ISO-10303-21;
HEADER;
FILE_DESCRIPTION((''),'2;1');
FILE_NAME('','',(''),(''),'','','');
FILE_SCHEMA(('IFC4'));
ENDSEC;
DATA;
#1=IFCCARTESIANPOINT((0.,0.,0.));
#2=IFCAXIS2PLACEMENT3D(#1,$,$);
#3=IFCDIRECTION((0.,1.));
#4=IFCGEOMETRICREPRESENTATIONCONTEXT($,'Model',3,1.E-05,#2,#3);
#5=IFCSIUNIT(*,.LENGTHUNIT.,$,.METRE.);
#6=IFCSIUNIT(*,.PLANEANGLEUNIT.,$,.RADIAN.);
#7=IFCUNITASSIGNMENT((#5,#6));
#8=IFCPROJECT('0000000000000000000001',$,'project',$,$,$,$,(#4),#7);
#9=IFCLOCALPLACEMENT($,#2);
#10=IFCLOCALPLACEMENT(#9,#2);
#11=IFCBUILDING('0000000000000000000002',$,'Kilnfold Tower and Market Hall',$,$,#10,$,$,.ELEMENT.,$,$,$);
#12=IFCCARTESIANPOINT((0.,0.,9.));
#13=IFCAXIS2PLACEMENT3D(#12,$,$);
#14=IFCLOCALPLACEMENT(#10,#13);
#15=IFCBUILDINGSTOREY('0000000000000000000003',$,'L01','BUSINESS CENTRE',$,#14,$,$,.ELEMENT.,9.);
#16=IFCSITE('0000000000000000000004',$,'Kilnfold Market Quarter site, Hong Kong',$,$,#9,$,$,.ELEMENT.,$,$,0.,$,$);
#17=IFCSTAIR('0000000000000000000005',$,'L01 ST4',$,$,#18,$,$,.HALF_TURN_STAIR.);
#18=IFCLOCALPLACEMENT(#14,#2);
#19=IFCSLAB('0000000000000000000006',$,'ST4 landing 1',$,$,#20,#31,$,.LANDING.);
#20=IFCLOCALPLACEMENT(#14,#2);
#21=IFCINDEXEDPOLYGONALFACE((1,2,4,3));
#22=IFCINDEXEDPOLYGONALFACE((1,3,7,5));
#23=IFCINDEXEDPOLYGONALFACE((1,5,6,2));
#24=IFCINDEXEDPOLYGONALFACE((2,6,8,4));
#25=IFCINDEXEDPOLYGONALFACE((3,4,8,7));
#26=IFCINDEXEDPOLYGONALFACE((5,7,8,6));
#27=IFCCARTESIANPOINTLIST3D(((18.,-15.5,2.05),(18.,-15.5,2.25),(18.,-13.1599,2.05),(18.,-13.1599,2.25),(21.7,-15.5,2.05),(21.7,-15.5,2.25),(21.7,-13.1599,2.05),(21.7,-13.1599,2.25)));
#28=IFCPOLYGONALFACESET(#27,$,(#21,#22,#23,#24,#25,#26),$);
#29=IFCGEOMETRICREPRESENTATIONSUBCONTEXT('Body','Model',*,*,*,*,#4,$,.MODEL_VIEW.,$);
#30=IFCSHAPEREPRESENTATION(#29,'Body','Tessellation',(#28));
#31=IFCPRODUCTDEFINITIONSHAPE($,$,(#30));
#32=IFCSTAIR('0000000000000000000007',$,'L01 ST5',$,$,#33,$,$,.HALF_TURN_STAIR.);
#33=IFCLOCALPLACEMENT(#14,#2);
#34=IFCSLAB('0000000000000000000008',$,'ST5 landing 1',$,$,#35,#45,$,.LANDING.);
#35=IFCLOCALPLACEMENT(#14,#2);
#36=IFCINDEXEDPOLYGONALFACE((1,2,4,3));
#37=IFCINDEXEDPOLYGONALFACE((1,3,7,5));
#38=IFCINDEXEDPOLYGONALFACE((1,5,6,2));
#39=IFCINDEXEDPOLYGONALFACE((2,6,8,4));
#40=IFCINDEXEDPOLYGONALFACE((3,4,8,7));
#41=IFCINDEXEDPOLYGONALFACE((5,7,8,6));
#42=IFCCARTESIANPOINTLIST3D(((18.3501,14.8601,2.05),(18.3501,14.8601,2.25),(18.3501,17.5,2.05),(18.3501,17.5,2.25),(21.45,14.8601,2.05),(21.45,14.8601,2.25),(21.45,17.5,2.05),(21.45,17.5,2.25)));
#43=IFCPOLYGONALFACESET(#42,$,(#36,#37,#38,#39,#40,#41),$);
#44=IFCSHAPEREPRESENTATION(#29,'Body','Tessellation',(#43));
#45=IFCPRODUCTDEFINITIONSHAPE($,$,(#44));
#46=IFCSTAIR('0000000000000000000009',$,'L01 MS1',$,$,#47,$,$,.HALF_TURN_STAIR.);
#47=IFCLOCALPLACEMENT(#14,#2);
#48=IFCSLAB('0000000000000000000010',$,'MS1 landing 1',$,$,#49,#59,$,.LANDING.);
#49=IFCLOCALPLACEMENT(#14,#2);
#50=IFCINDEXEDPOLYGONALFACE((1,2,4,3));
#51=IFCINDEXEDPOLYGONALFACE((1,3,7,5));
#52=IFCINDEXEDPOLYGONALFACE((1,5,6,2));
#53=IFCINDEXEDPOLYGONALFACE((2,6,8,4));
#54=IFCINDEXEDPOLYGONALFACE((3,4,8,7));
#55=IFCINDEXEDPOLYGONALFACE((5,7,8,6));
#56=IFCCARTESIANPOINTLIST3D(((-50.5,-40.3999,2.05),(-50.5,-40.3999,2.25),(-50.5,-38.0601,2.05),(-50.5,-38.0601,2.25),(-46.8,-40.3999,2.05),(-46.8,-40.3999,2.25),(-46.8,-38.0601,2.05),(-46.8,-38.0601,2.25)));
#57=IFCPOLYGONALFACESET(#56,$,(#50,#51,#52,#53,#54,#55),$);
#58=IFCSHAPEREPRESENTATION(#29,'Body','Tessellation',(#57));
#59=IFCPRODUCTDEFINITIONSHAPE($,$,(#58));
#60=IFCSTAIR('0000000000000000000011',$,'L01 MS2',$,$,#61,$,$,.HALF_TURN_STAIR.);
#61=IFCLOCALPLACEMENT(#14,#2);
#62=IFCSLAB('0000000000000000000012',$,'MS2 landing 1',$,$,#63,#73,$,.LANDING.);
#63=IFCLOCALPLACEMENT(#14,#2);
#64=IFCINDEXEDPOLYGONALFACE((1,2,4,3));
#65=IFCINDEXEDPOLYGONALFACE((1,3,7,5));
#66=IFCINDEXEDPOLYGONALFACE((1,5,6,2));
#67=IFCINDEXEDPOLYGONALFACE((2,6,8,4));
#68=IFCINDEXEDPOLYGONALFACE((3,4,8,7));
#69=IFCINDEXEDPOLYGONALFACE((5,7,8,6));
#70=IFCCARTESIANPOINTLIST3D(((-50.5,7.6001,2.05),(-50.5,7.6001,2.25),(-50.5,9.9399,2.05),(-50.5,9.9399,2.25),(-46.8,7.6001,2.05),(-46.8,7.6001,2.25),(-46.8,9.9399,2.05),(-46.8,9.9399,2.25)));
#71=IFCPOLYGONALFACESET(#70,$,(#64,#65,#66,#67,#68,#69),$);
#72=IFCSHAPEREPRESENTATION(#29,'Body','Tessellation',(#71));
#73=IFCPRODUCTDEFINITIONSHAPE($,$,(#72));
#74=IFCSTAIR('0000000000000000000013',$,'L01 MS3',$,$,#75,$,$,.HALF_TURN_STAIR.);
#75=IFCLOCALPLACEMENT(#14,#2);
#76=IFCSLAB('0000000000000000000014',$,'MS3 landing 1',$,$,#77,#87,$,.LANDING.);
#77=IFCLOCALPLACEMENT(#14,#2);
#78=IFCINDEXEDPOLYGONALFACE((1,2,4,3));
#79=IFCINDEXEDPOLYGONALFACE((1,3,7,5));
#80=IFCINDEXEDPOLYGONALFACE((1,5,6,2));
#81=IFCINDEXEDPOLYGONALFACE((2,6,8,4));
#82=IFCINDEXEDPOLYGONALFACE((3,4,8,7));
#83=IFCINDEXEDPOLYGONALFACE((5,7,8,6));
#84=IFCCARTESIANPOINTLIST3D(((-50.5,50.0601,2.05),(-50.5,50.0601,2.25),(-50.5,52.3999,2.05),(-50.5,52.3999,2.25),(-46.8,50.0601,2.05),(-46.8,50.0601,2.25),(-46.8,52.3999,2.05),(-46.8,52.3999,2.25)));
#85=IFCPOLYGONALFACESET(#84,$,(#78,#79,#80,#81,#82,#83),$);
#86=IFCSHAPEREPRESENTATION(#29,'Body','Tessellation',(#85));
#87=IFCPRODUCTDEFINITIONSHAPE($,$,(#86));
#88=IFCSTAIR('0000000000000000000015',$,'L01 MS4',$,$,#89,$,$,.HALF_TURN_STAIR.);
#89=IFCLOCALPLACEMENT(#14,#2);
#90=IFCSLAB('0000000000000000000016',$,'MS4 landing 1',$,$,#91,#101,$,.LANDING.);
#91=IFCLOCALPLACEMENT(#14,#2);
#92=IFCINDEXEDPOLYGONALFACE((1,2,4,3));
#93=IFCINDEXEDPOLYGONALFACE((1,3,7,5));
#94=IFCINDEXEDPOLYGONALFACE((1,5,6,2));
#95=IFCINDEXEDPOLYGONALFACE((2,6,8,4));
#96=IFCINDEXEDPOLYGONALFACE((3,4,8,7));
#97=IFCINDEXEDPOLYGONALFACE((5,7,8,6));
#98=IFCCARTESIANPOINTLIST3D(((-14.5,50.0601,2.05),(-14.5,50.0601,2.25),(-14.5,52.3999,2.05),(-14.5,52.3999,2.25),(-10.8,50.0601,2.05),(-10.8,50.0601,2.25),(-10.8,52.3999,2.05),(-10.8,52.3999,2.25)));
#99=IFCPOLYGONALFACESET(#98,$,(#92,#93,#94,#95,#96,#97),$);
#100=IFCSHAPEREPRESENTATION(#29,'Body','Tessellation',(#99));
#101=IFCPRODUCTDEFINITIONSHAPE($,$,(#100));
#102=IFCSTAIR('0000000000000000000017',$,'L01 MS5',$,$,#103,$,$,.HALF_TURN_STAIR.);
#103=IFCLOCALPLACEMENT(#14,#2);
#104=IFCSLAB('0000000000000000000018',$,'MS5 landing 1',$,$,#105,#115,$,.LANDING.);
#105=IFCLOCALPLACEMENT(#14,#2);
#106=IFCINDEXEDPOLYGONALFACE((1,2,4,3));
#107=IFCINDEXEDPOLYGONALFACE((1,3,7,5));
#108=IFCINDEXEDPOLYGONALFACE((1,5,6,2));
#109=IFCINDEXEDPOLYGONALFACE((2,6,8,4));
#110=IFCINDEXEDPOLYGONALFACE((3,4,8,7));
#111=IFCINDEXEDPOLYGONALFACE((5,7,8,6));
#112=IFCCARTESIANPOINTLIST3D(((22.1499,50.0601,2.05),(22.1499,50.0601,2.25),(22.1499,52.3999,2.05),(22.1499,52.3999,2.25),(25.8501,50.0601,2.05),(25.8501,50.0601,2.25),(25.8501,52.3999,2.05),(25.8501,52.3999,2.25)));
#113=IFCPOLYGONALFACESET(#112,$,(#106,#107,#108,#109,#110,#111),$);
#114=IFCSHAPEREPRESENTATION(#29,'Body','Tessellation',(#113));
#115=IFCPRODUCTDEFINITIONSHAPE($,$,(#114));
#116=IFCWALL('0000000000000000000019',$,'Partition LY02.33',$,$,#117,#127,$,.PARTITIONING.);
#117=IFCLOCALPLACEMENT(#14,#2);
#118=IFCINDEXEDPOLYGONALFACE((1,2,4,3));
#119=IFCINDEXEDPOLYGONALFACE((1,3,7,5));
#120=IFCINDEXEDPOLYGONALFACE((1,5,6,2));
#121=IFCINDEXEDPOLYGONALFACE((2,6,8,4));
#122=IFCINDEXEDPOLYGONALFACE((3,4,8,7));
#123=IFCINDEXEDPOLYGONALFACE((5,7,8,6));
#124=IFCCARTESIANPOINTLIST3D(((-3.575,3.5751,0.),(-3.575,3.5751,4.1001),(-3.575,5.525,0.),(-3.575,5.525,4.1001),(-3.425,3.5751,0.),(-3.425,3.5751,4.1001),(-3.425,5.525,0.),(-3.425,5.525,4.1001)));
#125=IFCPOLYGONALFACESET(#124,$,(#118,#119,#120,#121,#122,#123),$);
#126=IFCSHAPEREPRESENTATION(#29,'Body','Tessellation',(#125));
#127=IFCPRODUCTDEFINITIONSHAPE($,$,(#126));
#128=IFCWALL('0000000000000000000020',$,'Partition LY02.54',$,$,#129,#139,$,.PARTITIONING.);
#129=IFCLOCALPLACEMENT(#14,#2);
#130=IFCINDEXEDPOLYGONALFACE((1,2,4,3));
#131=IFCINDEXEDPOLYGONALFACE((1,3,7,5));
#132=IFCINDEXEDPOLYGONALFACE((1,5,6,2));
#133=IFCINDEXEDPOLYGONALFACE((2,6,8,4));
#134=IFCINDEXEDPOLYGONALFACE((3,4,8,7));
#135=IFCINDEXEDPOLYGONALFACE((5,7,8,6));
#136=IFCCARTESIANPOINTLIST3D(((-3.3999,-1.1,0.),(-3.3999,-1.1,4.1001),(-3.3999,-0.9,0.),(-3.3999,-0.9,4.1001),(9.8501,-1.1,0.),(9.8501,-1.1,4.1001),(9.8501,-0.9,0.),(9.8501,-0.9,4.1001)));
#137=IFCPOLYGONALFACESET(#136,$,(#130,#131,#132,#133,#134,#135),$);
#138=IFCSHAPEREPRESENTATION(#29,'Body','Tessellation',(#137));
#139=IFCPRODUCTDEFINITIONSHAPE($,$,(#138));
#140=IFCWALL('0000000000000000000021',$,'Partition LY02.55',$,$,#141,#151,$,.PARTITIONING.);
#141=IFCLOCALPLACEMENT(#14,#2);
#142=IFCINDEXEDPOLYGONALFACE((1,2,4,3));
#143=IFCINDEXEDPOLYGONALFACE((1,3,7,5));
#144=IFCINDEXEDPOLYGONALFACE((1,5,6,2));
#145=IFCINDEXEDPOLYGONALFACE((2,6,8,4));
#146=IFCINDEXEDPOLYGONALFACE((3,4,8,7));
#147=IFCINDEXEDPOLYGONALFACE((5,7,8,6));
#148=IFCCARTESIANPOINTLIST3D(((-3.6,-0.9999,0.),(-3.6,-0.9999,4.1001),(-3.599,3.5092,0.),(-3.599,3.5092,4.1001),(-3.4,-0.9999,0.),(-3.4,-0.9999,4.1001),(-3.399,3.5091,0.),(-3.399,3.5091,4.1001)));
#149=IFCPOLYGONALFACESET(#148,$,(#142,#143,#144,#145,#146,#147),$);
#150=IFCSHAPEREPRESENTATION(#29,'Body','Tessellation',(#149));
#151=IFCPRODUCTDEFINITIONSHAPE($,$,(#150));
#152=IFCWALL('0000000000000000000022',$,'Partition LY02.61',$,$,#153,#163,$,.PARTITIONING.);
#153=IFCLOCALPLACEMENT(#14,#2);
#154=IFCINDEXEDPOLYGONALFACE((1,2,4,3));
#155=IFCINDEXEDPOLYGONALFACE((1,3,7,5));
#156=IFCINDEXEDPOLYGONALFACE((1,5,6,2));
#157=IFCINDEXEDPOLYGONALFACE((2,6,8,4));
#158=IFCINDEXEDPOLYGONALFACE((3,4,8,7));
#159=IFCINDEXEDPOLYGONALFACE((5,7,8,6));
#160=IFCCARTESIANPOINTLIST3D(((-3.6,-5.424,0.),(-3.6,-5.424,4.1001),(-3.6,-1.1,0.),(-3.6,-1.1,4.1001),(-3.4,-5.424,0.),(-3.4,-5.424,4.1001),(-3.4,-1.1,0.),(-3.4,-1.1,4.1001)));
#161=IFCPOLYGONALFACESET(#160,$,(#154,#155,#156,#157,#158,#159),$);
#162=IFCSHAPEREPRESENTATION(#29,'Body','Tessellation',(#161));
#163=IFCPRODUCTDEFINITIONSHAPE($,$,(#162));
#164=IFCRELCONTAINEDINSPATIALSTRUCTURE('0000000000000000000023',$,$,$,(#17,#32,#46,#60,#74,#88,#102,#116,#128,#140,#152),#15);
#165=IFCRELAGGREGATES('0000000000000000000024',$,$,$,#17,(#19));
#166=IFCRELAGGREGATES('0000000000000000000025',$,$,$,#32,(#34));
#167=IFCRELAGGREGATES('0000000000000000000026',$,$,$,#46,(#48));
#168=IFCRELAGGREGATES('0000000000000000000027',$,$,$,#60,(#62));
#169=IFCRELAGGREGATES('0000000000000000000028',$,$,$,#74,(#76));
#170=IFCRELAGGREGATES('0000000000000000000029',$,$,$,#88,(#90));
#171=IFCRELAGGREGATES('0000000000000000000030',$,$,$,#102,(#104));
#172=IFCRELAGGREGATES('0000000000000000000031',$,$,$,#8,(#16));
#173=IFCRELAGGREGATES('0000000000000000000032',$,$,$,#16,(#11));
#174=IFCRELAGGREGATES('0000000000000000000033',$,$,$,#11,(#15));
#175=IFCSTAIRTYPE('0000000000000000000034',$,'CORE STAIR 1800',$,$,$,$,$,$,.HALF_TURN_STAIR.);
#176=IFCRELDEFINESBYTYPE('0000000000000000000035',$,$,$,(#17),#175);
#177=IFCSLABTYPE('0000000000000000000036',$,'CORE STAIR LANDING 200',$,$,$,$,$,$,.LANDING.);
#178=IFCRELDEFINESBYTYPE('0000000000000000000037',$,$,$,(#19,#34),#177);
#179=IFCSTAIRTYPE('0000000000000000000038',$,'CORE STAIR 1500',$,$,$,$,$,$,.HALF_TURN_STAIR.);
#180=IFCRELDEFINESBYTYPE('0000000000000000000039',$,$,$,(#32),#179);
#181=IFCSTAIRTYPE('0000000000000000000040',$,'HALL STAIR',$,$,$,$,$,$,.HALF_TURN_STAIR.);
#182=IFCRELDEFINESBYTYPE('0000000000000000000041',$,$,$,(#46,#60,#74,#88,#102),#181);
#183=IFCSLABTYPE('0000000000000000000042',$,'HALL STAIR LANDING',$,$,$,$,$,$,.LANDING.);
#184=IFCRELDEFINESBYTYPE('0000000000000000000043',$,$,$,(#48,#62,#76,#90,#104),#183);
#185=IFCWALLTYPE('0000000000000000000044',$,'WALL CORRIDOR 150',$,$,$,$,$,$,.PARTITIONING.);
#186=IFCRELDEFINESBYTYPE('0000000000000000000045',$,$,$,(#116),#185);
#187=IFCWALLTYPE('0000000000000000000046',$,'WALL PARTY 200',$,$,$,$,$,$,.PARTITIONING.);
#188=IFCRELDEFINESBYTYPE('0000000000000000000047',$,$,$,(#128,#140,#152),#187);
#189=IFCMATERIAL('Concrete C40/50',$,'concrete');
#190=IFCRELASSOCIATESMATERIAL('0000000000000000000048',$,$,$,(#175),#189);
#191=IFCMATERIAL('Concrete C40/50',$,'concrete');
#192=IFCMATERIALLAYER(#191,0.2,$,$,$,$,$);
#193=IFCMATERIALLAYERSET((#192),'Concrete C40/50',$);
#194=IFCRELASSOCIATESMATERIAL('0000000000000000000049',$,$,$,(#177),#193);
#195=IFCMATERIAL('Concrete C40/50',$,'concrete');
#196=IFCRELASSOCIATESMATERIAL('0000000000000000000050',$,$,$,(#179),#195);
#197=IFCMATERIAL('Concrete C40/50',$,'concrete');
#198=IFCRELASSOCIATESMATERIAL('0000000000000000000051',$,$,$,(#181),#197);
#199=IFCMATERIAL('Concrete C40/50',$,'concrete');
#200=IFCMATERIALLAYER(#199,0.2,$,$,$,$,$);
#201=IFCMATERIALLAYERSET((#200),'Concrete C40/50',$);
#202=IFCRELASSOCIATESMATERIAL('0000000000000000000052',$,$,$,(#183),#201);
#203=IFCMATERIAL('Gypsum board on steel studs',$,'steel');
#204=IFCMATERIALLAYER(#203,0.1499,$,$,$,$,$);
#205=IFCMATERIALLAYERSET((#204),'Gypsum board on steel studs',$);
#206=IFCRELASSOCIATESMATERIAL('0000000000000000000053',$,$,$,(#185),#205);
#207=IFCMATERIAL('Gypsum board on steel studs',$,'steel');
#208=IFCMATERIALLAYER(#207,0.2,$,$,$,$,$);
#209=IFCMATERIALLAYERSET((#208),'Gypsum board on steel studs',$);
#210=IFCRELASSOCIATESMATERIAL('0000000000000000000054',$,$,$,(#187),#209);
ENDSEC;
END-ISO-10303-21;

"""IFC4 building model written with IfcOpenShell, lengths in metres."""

from ifc_helpers import new_model, si_unit, direction, frame, frame_2d, origin, place, context, subcontext, project, spatial, polyline, rectangle, outline, extrude, source, transform, mapped, material, layer, layer_set, type_object, element, aggregate, save


model = new_model("IFC4")

# Units and contexts
model_context = context("Model", 3, precision=1e-05, world=origin(), true_north=direction((0.0, 1.0)))
body_context = subcontext(model_context, "Body", "Model", "MODEL_VIEW")
ifc_project = project(units=[si_unit("LENGTHUNIT", "METRE"), si_unit("PLANEANGLEUNIT", "RADIAN")], contexts=[model_context])

# Site, building, storey
site_placement = place(None, origin())
site = spatial("IfcSite", under=ifc_project, at=site_placement, Name="Kilnfold Market Quarter site, Hong Kong", CompositionType="ELEMENT", RefElevation=0.0)
building_placement = place(site_placement, origin())
building = spatial("IfcBuilding", under=site, at=building_placement, Name="Kilnfold Tower and Market Hall", CompositionType="ELEMENT")
storey_placement = place(building_placement, frame((0.0, 0.0, 9.0)))
storey = spatial("IfcBuildingStorey", under=building, at=storey_placement, Name="L01", Description="BUSINESS CENTRE", CompositionType="ELEMENT", Elevation=9.0)

# Stairs, slabs
ifc_material_1 = material(Name="Concrete C40/50", Category="concrete")
stair_type_1 = type_object("IfcStairType", Name="CORE STAIR 1800", PredefinedType="HALF_TURN_STAIR", material=ifc_material_1)
ifc_material_2 = material(Name="Concrete C40/50", Category="concrete")
ifc_layer_1 = layer(ifc_material_2, 0.2)
ifc_layer_set_1 = layer_set([ifc_layer_1], Name="Concrete C40/50")
slab_type_1 = type_object("IfcSlabType", Name="CORE STAIR LANDING 200", PredefinedType="LANDING", material=ifc_layer_set_1)
stair_1_placement = place(storey_placement, origin())
stair_1 = element("IfcStair", 1, at=stair_1_placement, inside=storey, type_object=stair_type_1, Name="L01 ST4", PredefinedType="HALF_TURN_STAIR")
shared_shape_1 = source(origin(), body_context, "Body", "SweptSolid", [
    extrude(outline(polyline([(18.0, -13.1599), (18.0, -15.5), (21.7, -15.5), (21.7, -13.1599), (18.0, -13.1599)])), origin(), (0.0, 0.0, 1.0), 0.2),
])
slab_1_placement = place(storey_placement, frame((0.0, 0.0, 2.05)))
slab_1 = element("IfcSlab", 2, at=slab_1_placement, type_object=slab_type_1, Name="ST4 landing 1", PredefinedType="LANDING", context=body_context, shape_type="MappedRepresentation", body=[
    mapped(shared_shape_1, transform((0.0, 0.0, 0.0))),
])
aggregate(stair_1, [slab_1])
ifc_material_3 = material(Name="Concrete C40/50", Category="concrete")
stair_type_2 = type_object("IfcStairType", Name="CORE STAIR 1500", PredefinedType="HALF_TURN_STAIR", material=ifc_material_3)
stair_2_placement = place(storey_placement, origin())
stair_2 = element("IfcStair", 3, at=stair_2_placement, inside=storey, type_object=stair_type_2, Name="L01 ST5", PredefinedType="HALF_TURN_STAIR")
shared_shape_2 = source(origin(), body_context, "Body", "SweptSolid", [
    extrude(outline(polyline([(21.45, 14.8601), (21.45, 17.5), (18.3501, 17.5), (18.3501, 14.8601), (21.45, 14.8601)])), origin(), (0.0, 0.0, 1.0), 0.2),
])
slab_2_placement = place(storey_placement, frame((0.0, 0.0, 2.05)))
slab_2 = element("IfcSlab", 4, at=slab_2_placement, type_object=slab_type_1, Name="ST5 landing 1", PredefinedType="LANDING", context=body_context, shape_type="MappedRepresentation", body=[
    mapped(shared_shape_2, transform((0.0, 0.0, 0.0))),
])
aggregate(stair_2, [slab_2])
ifc_material_4 = material(Name="Concrete C40/50", Category="concrete")
stair_type_3 = type_object("IfcStairType", Name="HALL STAIR", PredefinedType="HALF_TURN_STAIR", material=ifc_material_4)
stair_3_placement = place(storey_placement, origin())
stair_3 = element("IfcStair", 5, at=stair_3_placement, inside=storey, type_object=stair_type_3, Name="L01 MS1", PredefinedType="HALF_TURN_STAIR")
ifc_material_5 = material(Name="Concrete C40/50", Category="concrete")
ifc_layer_2 = layer(ifc_material_5, 0.2)
ifc_layer_set_2 = layer_set([ifc_layer_2], Name="Concrete C40/50")
slab_type_2 = type_object("IfcSlabType", Name="HALL STAIR LANDING", PredefinedType="LANDING", material=ifc_layer_set_2)
shared_shape_3 = source(origin(), body_context, "Body", "SweptSolid", [
    extrude(outline(polyline([(-50.5, -38.0601), (-50.5, -40.3999), (-46.8, -40.3999), (-46.8, -38.0601), (-50.5, -38.0601)])), origin(), (0.0, 0.0, 1.0), 0.2),
])
slab_3_placement = place(storey_placement, frame((0.0, 0.0, 2.05)))
slab_3 = element("IfcSlab", 6, at=slab_3_placement, type_object=slab_type_2, Name="MS1 landing 1", PredefinedType="LANDING", context=body_context, shape_type="MappedRepresentation", body=[
    mapped(shared_shape_3, transform((0.0, 0.0, 0.0))),
])
aggregate(stair_3, [slab_3])
stair_4_placement = place(storey_placement, origin())
stair_4 = element("IfcStair", 7, at=stair_4_placement, inside=storey, type_object=stair_type_3, Name="L01 MS2", PredefinedType="HALF_TURN_STAIR")
shared_shape_4 = source(origin(), body_context, "Body", "SweptSolid", [
    extrude(outline(polyline([(-50.5, 9.9399), (-50.5, 7.6001), (-46.8, 7.6001), (-46.8, 9.9399), (-50.5, 9.9399)])), origin(), (0.0, 0.0, 1.0), 0.2),
])
slab_4_placement = place(storey_placement, frame((0.0, 0.0, 2.05)))
slab_4 = element("IfcSlab", 8, at=slab_4_placement, type_object=slab_type_2, Name="MS2 landing 1", PredefinedType="LANDING", context=body_context, shape_type="MappedRepresentation", body=[
    mapped(shared_shape_4, transform((0.0, 0.0, 0.0))),
])
aggregate(stair_4, [slab_4])
stair_5_placement = place(storey_placement, origin())
stair_5 = element("IfcStair", 9, at=stair_5_placement, inside=storey, type_object=stair_type_3, Name="L01 MS3", PredefinedType="HALF_TURN_STAIR")
shared_shape_5 = source(origin(), body_context, "Body", "SweptSolid", [
    extrude(outline(polyline([(-46.8, 50.0601), (-46.8, 52.3999), (-50.5, 52.3999), (-50.5, 50.0601), (-46.8, 50.0601)])), origin(), (0.0, 0.0, 1.0), 0.2),
])
slab_5_placement = place(storey_placement, frame((0.0, 0.0, 2.05)))
slab_5 = element("IfcSlab", 10, at=slab_5_placement, type_object=slab_type_2, Name="MS3 landing 1", PredefinedType="LANDING", context=body_context, shape_type="MappedRepresentation", body=[
    mapped(shared_shape_5, transform((0.0, 0.0, 0.0))),
])
aggregate(stair_5, [slab_5])
stair_6_placement = place(storey_placement, origin())
stair_6 = element("IfcStair", 11, at=stair_6_placement, inside=storey, type_object=stair_type_3, Name="L01 MS4", PredefinedType="HALF_TURN_STAIR")
shared_shape_6 = source(origin(), body_context, "Body", "SweptSolid", [
    extrude(outline(polyline([(-10.8, 50.0601), (-10.8, 52.3999), (-14.5, 52.3999), (-14.5, 50.0601), (-10.8, 50.0601)])), origin(), (0.0, 0.0, 1.0), 0.2),
])
slab_6_placement = place(storey_placement, frame((0.0, 0.0, 2.05)))
slab_6 = element("IfcSlab", 12, at=slab_6_placement, type_object=slab_type_2, Name="MS4 landing 1", PredefinedType="LANDING", context=body_context, shape_type="MappedRepresentation", body=[
    mapped(shared_shape_6, transform((0.0, 0.0, 0.0))),
])
aggregate(stair_6, [slab_6])
stair_7_placement = place(storey_placement, origin())
stair_7 = element("IfcStair", 13, at=stair_7_placement, inside=storey, type_object=stair_type_3, Name="L01 MS5", PredefinedType="HALF_TURN_STAIR")
shared_shape_7 = source(origin(), body_context, "Body", "SweptSolid", [
    extrude(outline(polyline([(25.8501, 50.0601), (25.8501, 52.3999), (22.1499, 52.3999), (22.1499, 50.0601), (25.8501, 50.0601)])), origin(), (0.0, 0.0, 1.0), 0.2),
])
slab_7_placement = place(storey_placement, frame((0.0, 0.0, 2.05)))
slab_7 = element("IfcSlab", 14, at=slab_7_placement, type_object=slab_type_2, Name="MS5 landing 1", PredefinedType="LANDING", context=body_context, shape_type="MappedRepresentation", body=[
    mapped(shared_shape_7, transform((0.0, 0.0, 0.0))),
])
aggregate(stair_7, [slab_7])

# Walls
ifc_material_6 = material(Name="Gypsum board on steel studs", Category="steel")
ifc_layer_3 = layer(ifc_material_6, 0.1499)
ifc_layer_set_3 = layer_set([ifc_layer_3], Name="Gypsum board on steel studs")
wall_type_1 = type_object("IfcWallType", Name="WALL CORRIDOR 150", PredefinedType="PARTITIONING", material=ifc_layer_set_3)
wall_1_placement = place(storey_placement, frame((-3.5, 3.575, 0.0), z_axis=(0.0, 0.0, 1.0), x_axis=(0.0, 1.0, 0.0)))
element("IfcWall", 15, at=wall_1_placement, inside=storey, type_object=wall_type_1, Name="Partition LY02.33", PredefinedType="PARTITIONING", context=body_context, shape_type="SweptSolid", body=[
    extrude(rectangle(XDim=1.95, YDim=0.1499, at=frame_2d((0.9751, 0.0))), origin(), (0.0, 0.0, 1.0), 4.1001),
])
ifc_material_7 = material(Name="Gypsum board on steel studs", Category="steel")
ifc_layer_4 = layer(ifc_material_7, 0.2)
ifc_layer_set_4 = layer_set([ifc_layer_4], Name="Gypsum board on steel studs")
wall_type_2 = type_object("IfcWallType", Name="WALL PARTY 200", PredefinedType="PARTITIONING", material=ifc_layer_set_4)
wall_2_placement = place(storey_placement, frame((-3.3999, -1.0, 0.0), z_axis=(0.0, 0.0, 1.0), x_axis=(1.0, 0.0, 0.0)))
element("IfcWall", 16, at=wall_2_placement, inside=storey, type_object=wall_type_2, Name="Partition LY02.54", PredefinedType="PARTITIONING", context=body_context, shape_type="SweptSolid", body=[
    extrude(rectangle(XDim=13.25, YDim=0.2, at=frame_2d((6.625, 0.0))), origin(), (0.0, 0.0, 1.0), 4.1001),
])
wall_3_placement = place(storey_placement, frame((-3.499, 3.509, 0.0), z_axis=(0.0, 0.0, 1.0), x_axis=(-0.000217, -1.0, 0.0)))
element("IfcWall", 17, at=wall_3_placement, inside=storey, type_object=wall_type_2, Name="Partition LY02.55", PredefinedType="PARTITIONING", context=body_context, shape_type="SweptSolid", body=[
    extrude(rectangle(XDim=4.509, YDim=0.2, at=frame_2d((2.2544, 0.0))), origin(), (0.0, 0.0, 1.0), 4.1001),
])
wall_4_placement = place(storey_placement, frame((-3.5, -5.4241, 0.0), z_axis=(0.0, 0.0, 1.0), x_axis=(0.0, 1.0, 0.0)))
element("IfcWall", 18, at=wall_4_placement, inside=storey, type_object=wall_type_2, Name="Partition LY02.61", PredefinedType="PARTITIONING", context=body_context, shape_type="SweptSolid", body=[
    extrude(rectangle(XDim=4.324, YDim=0.2, at=frame_2d((2.1621, 0.0))), origin(), (0.0, 0.0, 1.0), 4.1001),
])

save(model, "model.ifc")
